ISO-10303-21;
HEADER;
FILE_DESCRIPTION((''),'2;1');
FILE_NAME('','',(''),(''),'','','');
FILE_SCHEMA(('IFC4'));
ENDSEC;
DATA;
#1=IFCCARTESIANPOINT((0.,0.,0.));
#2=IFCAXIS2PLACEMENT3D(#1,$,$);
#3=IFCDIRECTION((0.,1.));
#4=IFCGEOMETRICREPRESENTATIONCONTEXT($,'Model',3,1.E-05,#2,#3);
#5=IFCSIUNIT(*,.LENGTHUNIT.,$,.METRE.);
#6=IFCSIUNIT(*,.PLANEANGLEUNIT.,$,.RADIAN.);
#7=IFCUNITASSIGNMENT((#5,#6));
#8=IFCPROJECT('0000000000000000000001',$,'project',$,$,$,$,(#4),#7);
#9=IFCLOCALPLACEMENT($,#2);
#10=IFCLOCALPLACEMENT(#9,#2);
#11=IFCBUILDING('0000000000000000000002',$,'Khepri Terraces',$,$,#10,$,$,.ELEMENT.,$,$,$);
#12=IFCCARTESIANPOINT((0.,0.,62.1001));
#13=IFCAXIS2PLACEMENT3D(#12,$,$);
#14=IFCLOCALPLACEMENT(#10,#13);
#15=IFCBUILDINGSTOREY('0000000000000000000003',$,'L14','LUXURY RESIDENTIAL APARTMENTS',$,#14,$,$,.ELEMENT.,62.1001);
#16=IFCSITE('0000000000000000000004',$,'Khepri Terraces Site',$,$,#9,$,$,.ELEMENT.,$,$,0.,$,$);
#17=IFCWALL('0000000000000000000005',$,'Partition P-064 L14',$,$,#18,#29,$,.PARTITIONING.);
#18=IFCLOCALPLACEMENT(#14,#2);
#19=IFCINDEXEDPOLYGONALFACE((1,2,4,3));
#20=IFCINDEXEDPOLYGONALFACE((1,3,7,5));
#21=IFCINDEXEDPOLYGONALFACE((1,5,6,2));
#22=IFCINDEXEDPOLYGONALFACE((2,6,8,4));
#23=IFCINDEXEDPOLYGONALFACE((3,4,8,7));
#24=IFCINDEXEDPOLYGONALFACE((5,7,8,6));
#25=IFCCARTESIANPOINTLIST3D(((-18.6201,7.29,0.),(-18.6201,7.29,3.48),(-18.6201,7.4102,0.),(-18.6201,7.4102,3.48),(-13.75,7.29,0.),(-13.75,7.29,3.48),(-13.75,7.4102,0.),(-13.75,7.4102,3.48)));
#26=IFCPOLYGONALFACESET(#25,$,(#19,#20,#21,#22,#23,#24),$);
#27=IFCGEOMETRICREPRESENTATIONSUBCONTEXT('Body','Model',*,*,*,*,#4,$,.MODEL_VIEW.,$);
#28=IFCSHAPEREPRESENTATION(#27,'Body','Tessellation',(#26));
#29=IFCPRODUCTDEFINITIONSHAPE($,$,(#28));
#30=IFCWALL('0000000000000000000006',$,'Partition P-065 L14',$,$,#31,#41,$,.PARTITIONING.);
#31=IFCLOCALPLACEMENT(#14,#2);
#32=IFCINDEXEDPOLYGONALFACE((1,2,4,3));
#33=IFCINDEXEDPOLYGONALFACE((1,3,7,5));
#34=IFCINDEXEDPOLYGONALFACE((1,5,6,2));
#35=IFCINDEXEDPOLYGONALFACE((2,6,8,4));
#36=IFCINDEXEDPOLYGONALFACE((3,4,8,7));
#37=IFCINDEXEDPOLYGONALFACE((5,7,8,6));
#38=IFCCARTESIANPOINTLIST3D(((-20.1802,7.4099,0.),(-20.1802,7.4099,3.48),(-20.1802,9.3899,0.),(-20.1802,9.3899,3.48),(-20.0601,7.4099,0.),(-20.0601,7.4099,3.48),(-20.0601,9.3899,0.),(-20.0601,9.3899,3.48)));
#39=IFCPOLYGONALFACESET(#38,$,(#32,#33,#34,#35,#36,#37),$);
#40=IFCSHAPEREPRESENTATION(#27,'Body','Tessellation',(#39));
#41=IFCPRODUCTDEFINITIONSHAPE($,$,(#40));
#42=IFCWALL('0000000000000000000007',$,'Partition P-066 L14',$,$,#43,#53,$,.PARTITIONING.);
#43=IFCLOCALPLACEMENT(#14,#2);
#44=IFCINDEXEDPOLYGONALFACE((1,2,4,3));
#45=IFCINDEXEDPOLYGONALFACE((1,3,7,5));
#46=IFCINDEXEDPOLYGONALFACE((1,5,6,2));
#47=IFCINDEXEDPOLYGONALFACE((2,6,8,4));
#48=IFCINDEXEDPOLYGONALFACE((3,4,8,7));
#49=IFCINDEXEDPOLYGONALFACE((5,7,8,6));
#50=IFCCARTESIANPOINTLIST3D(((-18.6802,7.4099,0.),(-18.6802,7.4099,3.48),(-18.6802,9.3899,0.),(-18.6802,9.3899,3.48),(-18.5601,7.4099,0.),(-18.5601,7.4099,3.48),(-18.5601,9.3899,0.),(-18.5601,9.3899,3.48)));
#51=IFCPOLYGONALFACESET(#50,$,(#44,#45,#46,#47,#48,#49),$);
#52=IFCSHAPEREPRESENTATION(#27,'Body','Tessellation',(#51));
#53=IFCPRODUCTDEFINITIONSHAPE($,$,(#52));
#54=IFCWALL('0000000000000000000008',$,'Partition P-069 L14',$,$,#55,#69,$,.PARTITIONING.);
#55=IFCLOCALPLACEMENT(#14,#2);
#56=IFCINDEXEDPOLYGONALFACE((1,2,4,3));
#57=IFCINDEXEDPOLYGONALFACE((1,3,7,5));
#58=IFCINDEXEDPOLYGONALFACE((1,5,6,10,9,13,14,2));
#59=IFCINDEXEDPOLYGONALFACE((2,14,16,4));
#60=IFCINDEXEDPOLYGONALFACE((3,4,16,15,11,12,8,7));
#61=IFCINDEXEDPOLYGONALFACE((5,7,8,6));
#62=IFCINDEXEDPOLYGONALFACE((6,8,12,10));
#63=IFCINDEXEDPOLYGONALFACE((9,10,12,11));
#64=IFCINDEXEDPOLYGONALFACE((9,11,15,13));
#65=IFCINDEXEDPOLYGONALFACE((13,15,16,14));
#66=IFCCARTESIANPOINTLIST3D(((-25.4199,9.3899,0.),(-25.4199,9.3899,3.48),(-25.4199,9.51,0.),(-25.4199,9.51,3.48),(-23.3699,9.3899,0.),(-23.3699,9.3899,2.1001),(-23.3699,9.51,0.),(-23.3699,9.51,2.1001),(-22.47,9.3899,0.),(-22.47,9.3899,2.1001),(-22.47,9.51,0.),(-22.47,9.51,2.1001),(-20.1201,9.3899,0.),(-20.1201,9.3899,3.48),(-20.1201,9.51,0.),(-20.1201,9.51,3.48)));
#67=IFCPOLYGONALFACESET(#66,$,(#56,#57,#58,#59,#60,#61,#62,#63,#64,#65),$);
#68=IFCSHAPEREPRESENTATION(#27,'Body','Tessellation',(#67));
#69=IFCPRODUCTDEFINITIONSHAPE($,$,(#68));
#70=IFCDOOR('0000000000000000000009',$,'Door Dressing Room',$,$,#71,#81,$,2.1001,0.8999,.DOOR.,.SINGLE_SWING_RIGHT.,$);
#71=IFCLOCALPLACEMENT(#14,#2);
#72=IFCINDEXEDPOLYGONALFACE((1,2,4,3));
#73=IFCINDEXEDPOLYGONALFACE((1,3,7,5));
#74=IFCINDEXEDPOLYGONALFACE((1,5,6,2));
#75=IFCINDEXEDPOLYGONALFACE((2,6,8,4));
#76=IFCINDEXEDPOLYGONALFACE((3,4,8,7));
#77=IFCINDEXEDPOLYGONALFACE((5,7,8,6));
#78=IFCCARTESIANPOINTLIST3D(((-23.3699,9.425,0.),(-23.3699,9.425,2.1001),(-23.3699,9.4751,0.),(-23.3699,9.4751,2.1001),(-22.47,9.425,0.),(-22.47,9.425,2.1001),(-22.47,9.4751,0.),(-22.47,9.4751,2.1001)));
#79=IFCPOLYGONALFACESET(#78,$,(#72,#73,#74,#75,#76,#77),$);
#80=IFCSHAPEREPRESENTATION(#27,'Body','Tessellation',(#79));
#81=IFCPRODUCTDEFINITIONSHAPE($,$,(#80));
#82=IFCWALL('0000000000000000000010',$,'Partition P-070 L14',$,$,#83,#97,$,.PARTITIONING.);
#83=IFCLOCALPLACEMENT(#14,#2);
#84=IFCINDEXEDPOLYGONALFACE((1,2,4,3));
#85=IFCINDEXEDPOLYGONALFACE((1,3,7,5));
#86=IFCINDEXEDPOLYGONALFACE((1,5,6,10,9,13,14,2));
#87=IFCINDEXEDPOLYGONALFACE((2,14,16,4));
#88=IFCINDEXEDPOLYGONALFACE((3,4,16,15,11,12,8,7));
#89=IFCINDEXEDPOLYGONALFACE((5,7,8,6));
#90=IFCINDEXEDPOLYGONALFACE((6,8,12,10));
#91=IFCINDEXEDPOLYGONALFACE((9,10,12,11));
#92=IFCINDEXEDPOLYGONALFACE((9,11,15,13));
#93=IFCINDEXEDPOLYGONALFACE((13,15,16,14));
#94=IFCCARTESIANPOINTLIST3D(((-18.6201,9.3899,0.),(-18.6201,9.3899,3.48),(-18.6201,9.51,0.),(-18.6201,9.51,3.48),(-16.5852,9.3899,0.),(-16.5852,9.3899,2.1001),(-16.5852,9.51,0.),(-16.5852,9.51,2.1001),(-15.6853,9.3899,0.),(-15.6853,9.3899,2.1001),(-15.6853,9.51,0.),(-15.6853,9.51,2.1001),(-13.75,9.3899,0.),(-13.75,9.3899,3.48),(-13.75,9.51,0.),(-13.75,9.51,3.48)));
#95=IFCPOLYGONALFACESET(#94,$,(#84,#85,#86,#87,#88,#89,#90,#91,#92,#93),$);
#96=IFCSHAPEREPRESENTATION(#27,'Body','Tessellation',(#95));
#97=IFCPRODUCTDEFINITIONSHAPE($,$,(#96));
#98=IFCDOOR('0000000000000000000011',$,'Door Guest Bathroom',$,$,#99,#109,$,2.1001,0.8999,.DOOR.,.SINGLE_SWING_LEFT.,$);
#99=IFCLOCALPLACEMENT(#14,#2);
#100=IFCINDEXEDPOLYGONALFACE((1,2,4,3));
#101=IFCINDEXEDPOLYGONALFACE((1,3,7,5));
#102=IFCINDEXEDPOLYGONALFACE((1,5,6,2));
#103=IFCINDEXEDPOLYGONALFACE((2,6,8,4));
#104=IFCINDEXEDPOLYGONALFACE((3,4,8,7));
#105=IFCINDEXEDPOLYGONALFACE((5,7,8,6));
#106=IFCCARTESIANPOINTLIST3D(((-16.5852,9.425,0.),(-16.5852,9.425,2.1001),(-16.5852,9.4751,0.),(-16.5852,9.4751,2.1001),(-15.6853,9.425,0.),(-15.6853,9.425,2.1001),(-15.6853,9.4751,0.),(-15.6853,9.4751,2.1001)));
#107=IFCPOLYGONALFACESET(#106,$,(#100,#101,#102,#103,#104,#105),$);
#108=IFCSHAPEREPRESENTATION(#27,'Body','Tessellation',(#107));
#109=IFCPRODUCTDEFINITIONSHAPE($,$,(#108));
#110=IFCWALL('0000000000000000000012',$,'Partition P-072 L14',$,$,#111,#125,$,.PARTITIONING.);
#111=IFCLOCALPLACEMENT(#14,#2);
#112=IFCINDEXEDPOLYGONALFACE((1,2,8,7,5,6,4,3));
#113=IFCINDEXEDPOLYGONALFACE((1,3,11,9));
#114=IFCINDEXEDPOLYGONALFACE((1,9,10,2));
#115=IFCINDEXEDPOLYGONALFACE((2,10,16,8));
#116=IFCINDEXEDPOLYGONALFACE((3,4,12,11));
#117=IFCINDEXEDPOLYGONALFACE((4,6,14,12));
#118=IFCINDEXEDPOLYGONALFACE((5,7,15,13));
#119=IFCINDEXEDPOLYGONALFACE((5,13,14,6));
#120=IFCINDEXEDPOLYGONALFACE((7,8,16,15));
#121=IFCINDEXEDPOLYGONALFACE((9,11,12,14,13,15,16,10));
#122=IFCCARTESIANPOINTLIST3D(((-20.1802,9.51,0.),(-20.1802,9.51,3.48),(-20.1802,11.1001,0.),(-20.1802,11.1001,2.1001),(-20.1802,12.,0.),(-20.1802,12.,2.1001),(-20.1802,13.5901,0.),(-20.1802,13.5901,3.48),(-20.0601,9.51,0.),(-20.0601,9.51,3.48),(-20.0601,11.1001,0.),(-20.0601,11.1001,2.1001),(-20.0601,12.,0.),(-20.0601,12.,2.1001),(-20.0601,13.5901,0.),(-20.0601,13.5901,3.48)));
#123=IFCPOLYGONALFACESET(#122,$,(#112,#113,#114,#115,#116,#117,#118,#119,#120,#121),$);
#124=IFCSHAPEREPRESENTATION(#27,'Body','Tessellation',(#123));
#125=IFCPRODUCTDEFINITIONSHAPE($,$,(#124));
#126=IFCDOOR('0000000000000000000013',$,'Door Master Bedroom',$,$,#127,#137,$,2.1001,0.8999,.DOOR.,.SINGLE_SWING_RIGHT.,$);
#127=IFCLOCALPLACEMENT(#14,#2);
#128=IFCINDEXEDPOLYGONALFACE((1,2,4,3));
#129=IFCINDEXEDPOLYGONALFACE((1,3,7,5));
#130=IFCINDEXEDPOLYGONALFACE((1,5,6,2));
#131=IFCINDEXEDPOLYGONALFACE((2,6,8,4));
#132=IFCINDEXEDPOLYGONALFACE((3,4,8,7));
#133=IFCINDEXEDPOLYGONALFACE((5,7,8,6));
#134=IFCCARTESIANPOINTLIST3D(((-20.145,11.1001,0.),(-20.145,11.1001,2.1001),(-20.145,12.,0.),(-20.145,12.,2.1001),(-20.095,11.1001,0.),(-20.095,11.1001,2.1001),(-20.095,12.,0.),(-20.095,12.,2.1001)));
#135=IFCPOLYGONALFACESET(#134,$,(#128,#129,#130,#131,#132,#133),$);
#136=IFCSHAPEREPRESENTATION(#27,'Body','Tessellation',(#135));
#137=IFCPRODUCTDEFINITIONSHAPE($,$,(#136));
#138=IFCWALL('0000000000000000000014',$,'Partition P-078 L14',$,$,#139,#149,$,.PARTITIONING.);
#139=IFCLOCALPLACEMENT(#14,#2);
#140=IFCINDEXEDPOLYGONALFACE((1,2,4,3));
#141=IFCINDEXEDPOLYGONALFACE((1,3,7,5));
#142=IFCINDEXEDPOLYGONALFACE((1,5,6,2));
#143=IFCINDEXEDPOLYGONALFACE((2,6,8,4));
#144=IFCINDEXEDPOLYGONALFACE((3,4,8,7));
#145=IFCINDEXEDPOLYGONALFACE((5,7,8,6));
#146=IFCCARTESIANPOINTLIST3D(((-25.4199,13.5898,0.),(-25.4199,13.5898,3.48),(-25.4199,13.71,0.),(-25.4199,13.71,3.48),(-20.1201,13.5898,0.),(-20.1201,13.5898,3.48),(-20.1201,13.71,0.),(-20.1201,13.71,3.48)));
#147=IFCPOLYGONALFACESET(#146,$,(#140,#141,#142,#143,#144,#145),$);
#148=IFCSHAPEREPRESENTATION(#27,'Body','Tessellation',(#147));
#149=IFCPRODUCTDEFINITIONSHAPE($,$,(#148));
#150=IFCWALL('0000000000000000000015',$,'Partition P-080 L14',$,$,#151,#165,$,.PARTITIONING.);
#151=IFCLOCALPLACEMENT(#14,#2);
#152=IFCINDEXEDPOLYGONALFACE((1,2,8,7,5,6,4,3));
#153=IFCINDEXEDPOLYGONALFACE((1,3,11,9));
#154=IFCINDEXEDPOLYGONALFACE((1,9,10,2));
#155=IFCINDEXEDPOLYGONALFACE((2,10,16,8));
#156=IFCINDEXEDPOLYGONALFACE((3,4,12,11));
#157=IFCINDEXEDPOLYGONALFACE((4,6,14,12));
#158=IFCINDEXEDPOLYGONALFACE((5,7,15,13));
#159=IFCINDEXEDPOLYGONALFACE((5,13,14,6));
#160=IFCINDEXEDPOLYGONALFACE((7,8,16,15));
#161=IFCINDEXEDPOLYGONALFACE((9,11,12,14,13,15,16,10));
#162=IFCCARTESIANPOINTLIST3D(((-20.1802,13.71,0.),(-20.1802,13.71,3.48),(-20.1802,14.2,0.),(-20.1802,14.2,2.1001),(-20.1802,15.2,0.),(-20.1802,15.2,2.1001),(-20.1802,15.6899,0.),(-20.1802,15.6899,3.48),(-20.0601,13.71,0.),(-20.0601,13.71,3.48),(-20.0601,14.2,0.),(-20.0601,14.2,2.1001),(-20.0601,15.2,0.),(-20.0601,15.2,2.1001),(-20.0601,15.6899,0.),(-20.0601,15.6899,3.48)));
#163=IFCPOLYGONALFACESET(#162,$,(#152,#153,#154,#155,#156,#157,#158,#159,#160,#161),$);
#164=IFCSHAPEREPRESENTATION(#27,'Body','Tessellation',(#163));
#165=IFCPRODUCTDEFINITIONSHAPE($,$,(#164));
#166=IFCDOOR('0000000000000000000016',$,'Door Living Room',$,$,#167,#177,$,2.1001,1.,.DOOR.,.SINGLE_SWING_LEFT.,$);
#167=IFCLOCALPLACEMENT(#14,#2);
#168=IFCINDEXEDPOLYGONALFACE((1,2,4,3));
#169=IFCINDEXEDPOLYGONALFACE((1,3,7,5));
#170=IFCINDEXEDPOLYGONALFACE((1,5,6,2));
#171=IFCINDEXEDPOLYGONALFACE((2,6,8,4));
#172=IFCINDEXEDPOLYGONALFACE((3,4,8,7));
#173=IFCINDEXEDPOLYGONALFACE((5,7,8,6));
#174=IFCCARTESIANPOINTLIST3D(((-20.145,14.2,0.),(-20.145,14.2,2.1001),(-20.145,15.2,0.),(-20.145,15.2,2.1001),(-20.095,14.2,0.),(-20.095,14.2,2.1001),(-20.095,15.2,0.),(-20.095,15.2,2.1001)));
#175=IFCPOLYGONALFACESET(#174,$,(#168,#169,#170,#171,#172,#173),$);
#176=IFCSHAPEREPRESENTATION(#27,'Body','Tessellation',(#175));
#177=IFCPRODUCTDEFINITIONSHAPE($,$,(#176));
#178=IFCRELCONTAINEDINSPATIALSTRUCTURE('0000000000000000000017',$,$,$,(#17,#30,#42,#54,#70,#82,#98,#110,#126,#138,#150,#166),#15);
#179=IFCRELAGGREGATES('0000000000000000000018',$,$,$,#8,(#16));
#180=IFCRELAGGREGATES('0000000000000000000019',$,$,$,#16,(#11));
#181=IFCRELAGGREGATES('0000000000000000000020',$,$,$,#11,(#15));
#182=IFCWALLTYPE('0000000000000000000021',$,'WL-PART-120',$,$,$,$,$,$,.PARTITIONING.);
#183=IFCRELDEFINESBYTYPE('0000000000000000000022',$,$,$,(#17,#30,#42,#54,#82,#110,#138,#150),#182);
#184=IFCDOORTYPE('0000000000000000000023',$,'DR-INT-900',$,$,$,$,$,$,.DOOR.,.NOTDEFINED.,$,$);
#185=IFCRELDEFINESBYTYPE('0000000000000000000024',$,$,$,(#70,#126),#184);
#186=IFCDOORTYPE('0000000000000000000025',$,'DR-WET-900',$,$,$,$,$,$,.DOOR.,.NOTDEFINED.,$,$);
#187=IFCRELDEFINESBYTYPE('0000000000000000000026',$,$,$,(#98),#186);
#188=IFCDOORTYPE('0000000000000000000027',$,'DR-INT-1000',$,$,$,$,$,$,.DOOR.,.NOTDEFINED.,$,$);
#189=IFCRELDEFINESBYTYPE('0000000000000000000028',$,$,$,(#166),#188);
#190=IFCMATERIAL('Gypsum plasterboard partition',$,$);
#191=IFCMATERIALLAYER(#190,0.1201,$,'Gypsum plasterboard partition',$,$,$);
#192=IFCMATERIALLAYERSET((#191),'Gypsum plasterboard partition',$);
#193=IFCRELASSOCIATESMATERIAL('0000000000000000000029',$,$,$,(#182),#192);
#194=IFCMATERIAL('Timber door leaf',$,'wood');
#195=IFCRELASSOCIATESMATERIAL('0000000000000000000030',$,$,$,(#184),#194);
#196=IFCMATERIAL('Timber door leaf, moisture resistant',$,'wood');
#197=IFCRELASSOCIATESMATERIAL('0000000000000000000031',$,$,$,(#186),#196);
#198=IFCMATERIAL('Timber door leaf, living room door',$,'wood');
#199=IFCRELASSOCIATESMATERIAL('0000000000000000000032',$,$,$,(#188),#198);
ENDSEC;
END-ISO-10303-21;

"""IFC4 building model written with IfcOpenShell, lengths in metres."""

from ifc_helpers import new_model, si_unit, direction, frame, frame_2d, origin, place, context, subcontext, project, spatial, rectangle, extrude, material, layer, layer_set, type_object, element, fill, save


model = new_model("IFC4")

# Units and contexts
model_context = context("Model", 3, precision=1e-05, world=origin(), true_north=direction((0.0, 1.0)))
body_context = subcontext(model_context, "Body", "Model", "MODEL_VIEW")
ifc_project = project(units=[si_unit("LENGTHUNIT", "METRE"), si_unit("PLANEANGLEUNIT", "RADIAN")], contexts=[model_context])

# Site, building, storey
site_placement = place(None, origin())
site = spatial("IfcSite", under=ifc_project, at=site_placement, Name="Khepri Terraces Site", CompositionType="ELEMENT", RefElevation=0.0)
building_placement = place(site_placement, origin())
building = spatial("IfcBuilding", under=site, at=building_placement, Name="Khepri Terraces", CompositionType="ELEMENT")
storey_placement = place(building_placement, frame((0.0, 0.0, 62.1001)))
storey = spatial("IfcBuildingStorey", under=building, at=storey_placement, Name="L14", Description="LUXURY RESIDENTIAL APARTMENTS", CompositionType="ELEMENT", Elevation=62.1001)

# Shared definitions
ifc_material_1 = material(Name="Gypsum plasterboard partition")
ifc_layer_1 = layer(ifc_material_1, 0.1201, Name="Gypsum plasterboard partition")
ifc_layer_set_1 = layer_set([ifc_layer_1], Name="Gypsum plasterboard partition")
wall_type_1 = type_object("IfcWallType", Name="WL-PART-120", PredefinedType="PARTITIONING", material=ifc_layer_set_1)

# Shared definitions
ifc_material_2 = material(Name="Timber door leaf", Category="wood")
door_type_1 = type_object("IfcDoorType", Name="DR-INT-900", OperationType="NOTDEFINED", PredefinedType="DOOR", material=ifc_material_2)
ifc_material_3 = material(Name="Timber door leaf, moisture resistant", Category="wood")
door_type_2 = type_object("IfcDoorType", Name="DR-WET-900", OperationType="NOTDEFINED", PredefinedType="DOOR", material=ifc_material_3)

# Walls
wall_1_placement = place(storey_placement, frame((-18.6201, 7.3501, 0.0), z_axis=(0.0, 0.0, 1.0), x_axis=(1.0, 0.0, 0.0)))
element("IfcWall", 1, at=wall_1_placement, inside=storey, type_object=wall_type_1, Name="Partition P-064 L14", PredefinedType="PARTITIONING", context=body_context, shape_type="SweptSolid", body=[
    extrude(rectangle(XDim=4.8701, YDim=0.1201, at=frame_2d((2.4351, 0.0))), origin(), (0.0, 0.0, 1.0), 3.48),
])
for number, where, z_axis, x_axis, name in (
    (2, (-20.1201, 7.4099, 0.0), (0.0, 0.0, 1.0), (0.0, 1.0, 0.0), "Partition P-065 L14"),
    (3, (-18.6201, 7.4099, 0.0), (0.0, 0.0, 1.0), (0.0, 1.0, 0.0), "Partition P-066 L14"),
):
    element("IfcWall", number, at=place(storey_placement, frame(where, z_axis=z_axis, x_axis=x_axis)), inside=storey, type_object=wall_type_1, Name=name, PredefinedType="PARTITIONING", context=body_context, shape_type="SweptSolid", body=[
        extrude(rectangle(XDim=1.98, YDim=0.1201, at=frame_2d((0.99, 0.0))), origin(), (0.0, 0.0, 1.0), 3.48),
    ])

# Walls, openings, doors
wall_2_placement = place(storey_placement, frame((-25.4199, 9.45, 0.0), z_axis=(0.0, 0.0, 1.0), x_axis=(1.0, 0.0, 0.0)))
wall_2 = element("IfcWall", 4, at=wall_2_placement, inside=storey, type_object=wall_type_1, Name="Partition P-069 L14", PredefinedType="PARTITIONING", context=body_context, shape_type="SweptSolid", body=[
    extrude(rectangle(XDim=5.2998, YDim=0.1201, at=frame_2d((2.6499, 0.0))), origin(), (0.0, 0.0, 1.0), 3.48),
])
opening_1_placement = place(wall_2_placement, frame((2.05, 0.0, 0.0)))
opening_1 = element("IfcOpeningElement", 5, at=opening_1_placement, cuts=wall_2, PredefinedType="OPENING", context=body_context, shape_type="SweptSolid", body=[
    extrude(rectangle(XDim=0.8999, YDim=2.1001, at=frame_2d((0.45, 1.05))), frame((0.0, 0.0701, 0.0), z_axis=(0.0, -1.0, 0.0), x_axis=(1.0, 0.0, 0.0)), (0.0, 0.0, 1.0), 0.1401),
])
door_1_placement = place(opening_1_placement, frame((0.8999, 0.0, 0.0), z_axis=(0.0, 0.0, 1.0), x_axis=(-1.0, 0.0, 0.0)))
door_1 = element("IfcDoor", 6, at=door_1_placement, inside=storey, type_object=door_type_1, Name="Door Dressing Room", OperationType="SINGLE_SWING_RIGHT", OverallHeight=2.1001, OverallWidth=0.8999, PredefinedType="DOOR", context=body_context, shape_type="SweptSolid", body=[
    extrude(rectangle(XDim=0.8999, YDim=2.1001, at=frame_2d((0.45, 1.05))), frame((0.0, 0.0249, 0.0), z_axis=(0.0, -1.0, 0.0), x_axis=(1.0, 0.0, 0.0)), (0.0, 0.0, 1.0), 0.05),
])
fill(opening_1, door_1)
wall_3_placement = place(storey_placement, frame((-18.6201, 9.45, 0.0), z_axis=(0.0, 0.0, 1.0), x_axis=(1.0, 0.0, 0.0)))
wall_3 = element("IfcWall", 7, at=wall_3_placement, inside=storey, type_object=wall_type_1, Name="Partition P-070 L14", PredefinedType="PARTITIONING", context=body_context, shape_type="SweptSolid", body=[
    extrude(rectangle(XDim=4.8701, YDim=0.1201, at=frame_2d((2.4351, 0.0))), origin(), (0.0, 0.0, 1.0), 3.48),
])
opening_2_placement = place(wall_3_placement, frame((2.0349, 0.0, 0.0)))
opening_2 = element("IfcOpeningElement", 8, at=opening_2_placement, cuts=wall_3, PredefinedType="OPENING", context=body_context, shape_type="SweptSolid", body=[
    extrude(rectangle(XDim=0.8999, YDim=2.1001, at=frame_2d((0.45, 1.05))), frame((0.0, 0.0701, 0.0), z_axis=(0.0, -1.0, 0.0), x_axis=(1.0, 0.0, 0.0)), (0.0, 0.0, 1.0), 0.1401),
])
door_2_placement = place(opening_2_placement, frame((0.8999, 0.0, 0.0), z_axis=(0.0, 0.0, 1.0), x_axis=(-1.0, 0.0, 0.0)))
door_2 = element("IfcDoor", 9, at=door_2_placement, inside=storey, type_object=door_type_2, Name="Door Guest Bathroom", OperationType="SINGLE_SWING_LEFT", OverallHeight=2.1001, OverallWidth=0.8999, PredefinedType="DOOR", context=body_context, shape_type="SweptSolid", body=[
    extrude(rectangle(XDim=0.8999, YDim=2.1001, at=frame_2d((0.45, 1.05))), frame((0.0, 0.0249, 0.0), z_axis=(0.0, -1.0, 0.0), x_axis=(1.0, 0.0, 0.0)), (0.0, 0.0, 1.0), 0.05),
])
fill(opening_2, door_2)
wall_4_placement = place(storey_placement, frame((-20.1201, 9.51, 0.0), z_axis=(0.0, 0.0, 1.0), x_axis=(0.0, 1.0, 0.0)))
wall_4 = element("IfcWall", 10, at=wall_4_placement, inside=storey, type_object=wall_type_1, Name="Partition P-072 L14", PredefinedType="PARTITIONING", context=body_context, shape_type="SweptSolid", body=[
    extrude(rectangle(XDim=4.0801, YDim=0.1201, at=frame_2d((2.04, 0.0))), origin(), (0.0, 0.0, 1.0), 3.48),
])
opening_3_placement = place(wall_4_placement, frame((1.5901, 0.0, 0.0)))
opening_3 = element("IfcOpeningElement", 11, at=opening_3_placement, cuts=wall_4, PredefinedType="OPENING", context=body_context, shape_type="SweptSolid", body=[
    extrude(rectangle(XDim=0.8999, YDim=2.1001, at=frame_2d((0.45, 1.05))), frame((0.0, 0.0701, 0.0), z_axis=(0.0, -1.0, 0.0), x_axis=(1.0, 0.0, 0.0)), (0.0, 0.0, 1.0), 0.1401),
])
door_3_placement = place(opening_3_placement, origin())
door_3 = element("IfcDoor", 12, at=door_3_placement, inside=storey, type_object=door_type_1, Name="Door Master Bedroom", OperationType="SINGLE_SWING_RIGHT", OverallHeight=2.1001, OverallWidth=0.8999, PredefinedType="DOOR", context=body_context, shape_type="SweptSolid", body=[
    extrude(rectangle(XDim=0.8999, YDim=2.1001, at=frame_2d((0.45, 1.05))), frame((0.0, 0.0249, 0.0), z_axis=(0.0, -1.0, 0.0), x_axis=(1.0, 0.0, 0.0)), (0.0, 0.0, 1.0), 0.05),
])
fill(opening_3, door_3)

# Wall
wall_5_placement = place(storey_placement, frame((-25.4199, 13.6499, 0.0), z_axis=(0.0, 0.0, 1.0), x_axis=(1.0, 0.0, 0.0)))
element("IfcWall", 13, at=wall_5_placement, inside=storey, type_object=wall_type_1, Name="Partition P-078 L14", PredefinedType="PARTITIONING", context=body_context, shape_type="SweptSolid", body=[
    extrude(rectangle(XDim=5.2998, YDim=0.1201, at=frame_2d((2.6499, 0.0))), origin(), (0.0, 0.0, 1.0), 3.48),
])

# Wall, opening, door
wall_6_placement = place(storey_placement, frame((-20.1201, 13.71, 0.0), z_axis=(0.0, 0.0, 1.0), x_axis=(0.0, 1.0, 0.0)))
wall_6 = element("IfcWall", 14, at=wall_6_placement, inside=storey, type_object=wall_type_1, Name="Partition P-080 L14", PredefinedType="PARTITIONING", context=body_context, shape_type="SweptSolid", body=[
    extrude(rectangle(XDim=1.98, YDim=0.1201, at=frame_2d((0.99, 0.0))), origin(), (0.0, 0.0, 1.0), 3.48),
])
opening_4_placement = place(wall_6_placement, frame((0.49, 0.0, 0.0)))
opening_4 = element("IfcOpeningElement", 15, at=opening_4_placement, cuts=wall_6, PredefinedType="OPENING", context=body_context, shape_type="SweptSolid", body=[
    extrude(rectangle(XDim=1.0, YDim=2.1001, at=frame_2d((0.5, 1.05))), frame((0.0, 0.0701, 0.0), z_axis=(0.0, -1.0, 0.0), x_axis=(1.0, 0.0, 0.0)), (0.0, 0.0, 1.0), 0.1401),
])
ifc_material_4 = material(Name="Timber door leaf, living room door", Category="wood")
door_type_3 = type_object("IfcDoorType", Name="DR-INT-1000", OperationType="NOTDEFINED", PredefinedType="DOOR", material=ifc_material_4)
door_4_placement = place(opening_4_placement, origin())
door_4 = element("IfcDoor", 16, at=door_4_placement, inside=storey, type_object=door_type_3, Name="Door Living Room", OperationType="SINGLE_SWING_LEFT", OverallHeight=2.1001, OverallWidth=1.0, PredefinedType="DOOR", context=body_context, shape_type="SweptSolid", body=[
    extrude(rectangle(XDim=1.0, YDim=2.1001, at=frame_2d((0.5, 1.05))), frame((0.0, 0.0249, 0.0), z_axis=(0.0, -1.0, 0.0), x_axis=(1.0, 0.0, 0.0)), (0.0, 0.0, 1.0), 0.05),
])
fill(opening_4, door_4)

save(model, "model.ifc")
